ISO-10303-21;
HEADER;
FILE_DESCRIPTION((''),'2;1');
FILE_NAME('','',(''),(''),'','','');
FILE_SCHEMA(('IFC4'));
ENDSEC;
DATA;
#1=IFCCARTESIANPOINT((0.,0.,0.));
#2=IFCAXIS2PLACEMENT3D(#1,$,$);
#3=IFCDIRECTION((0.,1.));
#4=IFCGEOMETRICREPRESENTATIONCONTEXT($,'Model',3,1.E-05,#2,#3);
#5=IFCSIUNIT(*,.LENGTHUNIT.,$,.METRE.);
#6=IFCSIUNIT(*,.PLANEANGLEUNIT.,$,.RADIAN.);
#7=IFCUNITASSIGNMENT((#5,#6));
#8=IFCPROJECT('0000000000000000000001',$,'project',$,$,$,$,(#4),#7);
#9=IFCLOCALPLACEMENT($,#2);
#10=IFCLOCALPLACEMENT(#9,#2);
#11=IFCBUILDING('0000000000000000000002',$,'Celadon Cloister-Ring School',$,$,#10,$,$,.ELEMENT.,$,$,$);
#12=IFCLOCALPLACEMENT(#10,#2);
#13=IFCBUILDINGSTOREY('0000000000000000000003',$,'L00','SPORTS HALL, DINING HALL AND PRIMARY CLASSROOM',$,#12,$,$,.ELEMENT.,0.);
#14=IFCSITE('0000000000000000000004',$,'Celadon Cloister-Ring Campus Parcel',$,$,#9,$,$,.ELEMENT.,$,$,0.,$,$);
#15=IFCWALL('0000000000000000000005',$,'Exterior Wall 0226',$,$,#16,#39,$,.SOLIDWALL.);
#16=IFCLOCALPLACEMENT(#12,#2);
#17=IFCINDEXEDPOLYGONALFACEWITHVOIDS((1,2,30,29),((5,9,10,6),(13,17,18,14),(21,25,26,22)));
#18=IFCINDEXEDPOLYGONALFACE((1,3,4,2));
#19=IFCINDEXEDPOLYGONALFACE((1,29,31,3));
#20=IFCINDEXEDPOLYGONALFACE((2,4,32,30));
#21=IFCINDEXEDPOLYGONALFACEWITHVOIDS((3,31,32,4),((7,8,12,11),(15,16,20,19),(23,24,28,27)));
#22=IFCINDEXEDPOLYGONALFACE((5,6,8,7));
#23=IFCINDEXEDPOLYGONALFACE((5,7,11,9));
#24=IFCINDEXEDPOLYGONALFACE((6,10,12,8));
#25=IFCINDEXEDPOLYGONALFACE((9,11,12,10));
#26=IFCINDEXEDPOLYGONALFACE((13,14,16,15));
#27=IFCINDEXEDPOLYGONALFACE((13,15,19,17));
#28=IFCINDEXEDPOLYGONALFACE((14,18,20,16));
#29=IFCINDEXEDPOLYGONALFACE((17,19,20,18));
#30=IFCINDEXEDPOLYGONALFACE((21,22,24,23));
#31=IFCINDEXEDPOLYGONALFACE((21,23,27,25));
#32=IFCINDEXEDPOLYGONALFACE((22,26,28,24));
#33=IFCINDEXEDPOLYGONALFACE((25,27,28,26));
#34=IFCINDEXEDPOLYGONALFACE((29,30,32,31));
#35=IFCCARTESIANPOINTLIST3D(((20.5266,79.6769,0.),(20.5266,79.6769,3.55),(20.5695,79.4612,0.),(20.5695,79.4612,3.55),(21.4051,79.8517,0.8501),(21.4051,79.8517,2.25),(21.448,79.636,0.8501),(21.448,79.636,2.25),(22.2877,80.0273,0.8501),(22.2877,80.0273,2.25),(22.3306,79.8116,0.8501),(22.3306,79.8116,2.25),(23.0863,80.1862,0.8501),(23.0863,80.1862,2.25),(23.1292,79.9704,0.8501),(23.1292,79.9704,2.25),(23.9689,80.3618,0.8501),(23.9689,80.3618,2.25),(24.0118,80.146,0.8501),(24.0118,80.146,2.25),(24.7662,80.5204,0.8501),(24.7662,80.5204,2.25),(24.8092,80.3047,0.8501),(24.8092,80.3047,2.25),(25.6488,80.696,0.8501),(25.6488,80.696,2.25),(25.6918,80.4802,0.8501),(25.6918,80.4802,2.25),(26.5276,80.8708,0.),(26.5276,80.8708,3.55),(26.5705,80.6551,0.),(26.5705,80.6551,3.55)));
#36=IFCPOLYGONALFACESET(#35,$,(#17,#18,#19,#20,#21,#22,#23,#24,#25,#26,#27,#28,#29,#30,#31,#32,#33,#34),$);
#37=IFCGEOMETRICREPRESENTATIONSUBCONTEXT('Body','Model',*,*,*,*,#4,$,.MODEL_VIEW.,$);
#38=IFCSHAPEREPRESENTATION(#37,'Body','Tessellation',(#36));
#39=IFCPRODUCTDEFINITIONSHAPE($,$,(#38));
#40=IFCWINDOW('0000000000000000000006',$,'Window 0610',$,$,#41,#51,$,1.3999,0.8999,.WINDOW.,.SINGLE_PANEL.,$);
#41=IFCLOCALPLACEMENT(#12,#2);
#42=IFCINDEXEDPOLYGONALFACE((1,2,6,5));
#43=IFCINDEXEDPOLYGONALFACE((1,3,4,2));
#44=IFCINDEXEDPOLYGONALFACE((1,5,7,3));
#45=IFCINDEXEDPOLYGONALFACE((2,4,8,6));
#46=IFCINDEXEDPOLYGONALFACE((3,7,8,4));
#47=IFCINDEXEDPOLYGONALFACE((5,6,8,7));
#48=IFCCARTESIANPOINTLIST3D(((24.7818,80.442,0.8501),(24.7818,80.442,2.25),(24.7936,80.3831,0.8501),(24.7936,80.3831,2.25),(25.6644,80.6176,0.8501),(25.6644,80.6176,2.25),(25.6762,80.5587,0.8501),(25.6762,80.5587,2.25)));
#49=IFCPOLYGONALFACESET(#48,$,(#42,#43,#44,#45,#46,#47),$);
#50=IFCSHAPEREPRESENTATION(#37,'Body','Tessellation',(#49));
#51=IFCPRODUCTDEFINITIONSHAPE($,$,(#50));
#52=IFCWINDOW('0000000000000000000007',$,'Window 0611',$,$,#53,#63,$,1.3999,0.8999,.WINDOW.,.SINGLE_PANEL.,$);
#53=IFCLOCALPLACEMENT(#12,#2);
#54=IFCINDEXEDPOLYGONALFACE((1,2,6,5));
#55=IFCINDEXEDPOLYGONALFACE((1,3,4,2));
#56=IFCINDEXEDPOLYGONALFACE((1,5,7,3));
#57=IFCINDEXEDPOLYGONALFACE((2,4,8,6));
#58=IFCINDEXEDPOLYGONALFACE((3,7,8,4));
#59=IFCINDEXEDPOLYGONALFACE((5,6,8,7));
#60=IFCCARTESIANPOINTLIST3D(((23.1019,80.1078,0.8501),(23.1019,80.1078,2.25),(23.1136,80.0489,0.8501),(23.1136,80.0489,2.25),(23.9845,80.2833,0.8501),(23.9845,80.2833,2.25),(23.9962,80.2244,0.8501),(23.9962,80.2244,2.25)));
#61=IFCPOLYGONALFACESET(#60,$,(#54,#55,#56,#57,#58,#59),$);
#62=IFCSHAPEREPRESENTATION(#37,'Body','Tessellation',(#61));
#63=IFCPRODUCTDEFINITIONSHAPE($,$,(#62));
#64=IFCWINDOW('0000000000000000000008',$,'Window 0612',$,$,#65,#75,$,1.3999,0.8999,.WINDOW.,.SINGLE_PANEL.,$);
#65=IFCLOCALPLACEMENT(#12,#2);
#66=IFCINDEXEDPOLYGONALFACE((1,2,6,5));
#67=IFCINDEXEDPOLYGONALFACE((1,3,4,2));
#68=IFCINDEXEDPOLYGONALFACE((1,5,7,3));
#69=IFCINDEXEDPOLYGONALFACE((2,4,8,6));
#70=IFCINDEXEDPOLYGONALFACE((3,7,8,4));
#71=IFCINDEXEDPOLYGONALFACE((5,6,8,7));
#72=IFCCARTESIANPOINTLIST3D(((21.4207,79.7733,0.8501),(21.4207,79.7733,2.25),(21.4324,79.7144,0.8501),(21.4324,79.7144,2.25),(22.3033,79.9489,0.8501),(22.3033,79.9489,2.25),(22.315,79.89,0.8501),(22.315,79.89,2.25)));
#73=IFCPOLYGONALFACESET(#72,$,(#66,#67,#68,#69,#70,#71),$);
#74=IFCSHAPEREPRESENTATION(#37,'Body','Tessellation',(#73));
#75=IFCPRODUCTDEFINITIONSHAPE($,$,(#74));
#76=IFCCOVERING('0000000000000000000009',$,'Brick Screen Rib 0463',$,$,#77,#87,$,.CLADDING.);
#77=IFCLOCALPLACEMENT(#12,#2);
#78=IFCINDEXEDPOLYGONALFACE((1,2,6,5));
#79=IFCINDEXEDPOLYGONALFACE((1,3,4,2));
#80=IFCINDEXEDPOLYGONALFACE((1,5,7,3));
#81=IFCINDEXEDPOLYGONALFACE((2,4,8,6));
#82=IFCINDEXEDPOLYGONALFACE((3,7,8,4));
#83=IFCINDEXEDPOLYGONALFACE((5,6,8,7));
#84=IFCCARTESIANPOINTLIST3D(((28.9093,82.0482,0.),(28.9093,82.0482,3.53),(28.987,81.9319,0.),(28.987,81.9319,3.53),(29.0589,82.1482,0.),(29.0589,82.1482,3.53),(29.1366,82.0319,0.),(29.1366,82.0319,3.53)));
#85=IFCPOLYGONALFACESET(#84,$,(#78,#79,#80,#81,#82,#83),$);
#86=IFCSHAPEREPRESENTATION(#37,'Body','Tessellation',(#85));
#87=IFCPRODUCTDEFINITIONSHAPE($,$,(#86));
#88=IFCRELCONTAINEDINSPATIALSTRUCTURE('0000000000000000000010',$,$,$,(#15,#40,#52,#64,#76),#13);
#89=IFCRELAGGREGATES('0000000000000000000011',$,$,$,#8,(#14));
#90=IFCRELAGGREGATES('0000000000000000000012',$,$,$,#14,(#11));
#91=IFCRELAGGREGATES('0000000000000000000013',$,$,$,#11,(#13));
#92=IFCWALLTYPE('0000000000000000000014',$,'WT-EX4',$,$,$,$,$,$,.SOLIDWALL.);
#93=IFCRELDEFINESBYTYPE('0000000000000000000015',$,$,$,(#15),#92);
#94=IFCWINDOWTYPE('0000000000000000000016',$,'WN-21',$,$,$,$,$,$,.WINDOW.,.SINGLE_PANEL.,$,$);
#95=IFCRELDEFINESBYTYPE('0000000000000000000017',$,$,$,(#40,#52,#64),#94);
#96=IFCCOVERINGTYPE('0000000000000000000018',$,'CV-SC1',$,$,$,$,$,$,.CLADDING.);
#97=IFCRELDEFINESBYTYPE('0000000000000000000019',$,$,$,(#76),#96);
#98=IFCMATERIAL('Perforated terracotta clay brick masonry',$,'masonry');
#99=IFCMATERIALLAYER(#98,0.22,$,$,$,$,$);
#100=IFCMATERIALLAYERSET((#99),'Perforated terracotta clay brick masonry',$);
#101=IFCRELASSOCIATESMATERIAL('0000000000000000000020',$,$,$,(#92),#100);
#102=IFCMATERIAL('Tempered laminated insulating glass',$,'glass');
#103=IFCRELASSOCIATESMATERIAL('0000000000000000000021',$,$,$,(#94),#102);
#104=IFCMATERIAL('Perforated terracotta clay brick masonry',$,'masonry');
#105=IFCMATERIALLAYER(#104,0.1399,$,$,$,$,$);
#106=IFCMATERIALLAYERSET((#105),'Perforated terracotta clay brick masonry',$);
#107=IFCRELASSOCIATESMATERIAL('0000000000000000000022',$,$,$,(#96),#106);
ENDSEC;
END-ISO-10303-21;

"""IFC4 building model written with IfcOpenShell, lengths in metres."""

from ifc_helpers import new_model, si_unit, direction, frame, frame_2d, origin, origin_2d, place, context, subcontext, project, spatial, rectangle, extrude, material, layer, layer_set, type_object, element, fill, save


model = new_model("IFC4")

# Units and contexts
model_context = context("Model", 3, precision=1e-05, world=origin(), true_north=direction((0.0, 1.0)))
body_context = subcontext(model_context, "Body", "Model", "MODEL_VIEW")
ifc_project = project(units=[si_unit("LENGTHUNIT", "METRE"), si_unit("PLANEANGLEUNIT", "RADIAN")], contexts=[model_context])

# Site, building, storey
site_placement = place(None, origin())
site = spatial("IfcSite", under=ifc_project, at=site_placement, Name="Celadon Cloister-Ring Campus Parcel", CompositionType="ELEMENT", RefElevation=0.0)
building_placement = place(site_placement, origin())
building = spatial("IfcBuilding", under=site, at=building_placement, Name="Celadon Cloister-Ring School", CompositionType="ELEMENT")
storey_placement = place(building_placement, origin())
storey = spatial("IfcBuildingStorey", under=building, at=storey_placement, Name="L00", Description="SPORTS HALL, DINING HALL AND PRIMARY CLASSROOM", CompositionType="ELEMENT", Elevation=0.0)

# Wall, openings, windows
ifc_material_1 = material(Name="Perforated terracotta clay brick masonry", Category="masonry")
ifc_layer_1 = layer(ifc_material_1, 0.22)
ifc_layer_set_1 = layer_set([ifc_layer_1], Name="Perforated terracotta clay brick masonry")
wall_type = type_object("IfcWallType", Name="WT-EX4", PredefinedType="SOLIDWALL", material=ifc_layer_set_1)
wall_placement = place(storey_placement, frame((26.5491, 80.7629, 0.0), z_axis=(0.0, 0.0, 1.0), x_axis=(-0.98078, -0.195118, 0.0)))
wall = element("IfcWall", 1, at=wall_placement, inside=storey, type_object=wall_type, Name="Exterior Wall 0226", PredefinedType="SOLIDWALL", context=body_context, shape_type="SweptSolid", body=[
    extrude(rectangle(XDim=6.1187, YDim=0.22, at=frame_2d((3.0593, 0.0))), origin(), (0.0, 0.0, 1.0), 3.55),
])
opening_1_placement = place(wall_placement, frame((0.896, 0.0, 0.8501)))
opening_1 = element("IfcOpeningElement", 2, at=opening_1_placement, cuts=wall, PredefinedType="OPENING", context=body_context, shape_type="SweptSolid", body=[
    extrude(rectangle(XDim=0.8999, YDim=1.3999, at=frame_2d((0.45, 0.7))), frame((0.0, 0.1201, 0.0), z_axis=(0.0, -1.0, 0.0), x_axis=(1.0, 0.0, 0.0)), (0.0, 0.0, 1.0), 0.24),
])
opening_2_placement = place(wall_placement, frame((2.6089, 0.0, 0.8501)))
opening_2 = element("IfcOpeningElement", 3, at=opening_2_placement, cuts=wall, PredefinedType="OPENING", context=body_context, shape_type="SweptSolid", body=[
    extrude(rectangle(XDim=0.8999, YDim=1.3999, at=frame_2d((0.45, 0.7))), frame((0.0, 0.1201, 0.0), z_axis=(0.0, -1.0, 0.0), x_axis=(1.0, 0.0, 0.0)), (0.0, 0.0, 1.0), 0.24),
])
opening_3_placement = place(wall_placement, frame((4.323, 0.0, 0.8501)))
opening_3 = element("IfcOpeningElement", 4, at=opening_3_placement, cuts=wall, PredefinedType="OPENING", context=body_context, shape_type="SweptSolid", body=[
    extrude(rectangle(XDim=0.8999, YDim=1.3999, at=frame_2d((0.45, 0.7))), frame((0.0, 0.1201, 0.0), z_axis=(0.0, -1.0, 0.0), x_axis=(1.0, 0.0, 0.0)), (0.0, 0.0, 1.0), 0.24),
])
ifc_material_2 = material(Name="Tempered laminated insulating glass", Category="glass")
window_type = type_object("IfcWindowType", Name="WN-21", PartitioningType="SINGLE_PANEL", PredefinedType="WINDOW", material=ifc_material_2)
window_1_placement = place(opening_1_placement, origin())
window_1 = element("IfcWindow", 5, at=window_1_placement, inside=storey, type_object=window_type, Name="Window 0610", OverallHeight=1.3999, OverallWidth=0.8999, PartitioningType="SINGLE_PANEL", PredefinedType="WINDOW", context=body_context, shape_type="SweptSolid", body=[
    extrude(rectangle(XDim=0.8999, YDim=1.3999, at=frame_2d((0.45, 0.7))), frame((0.0, 0.03, 0.0), z_axis=(0.0, -1.0, 0.0), x_axis=(1.0, 0.0, 0.0)), (0.0, 0.0, 1.0), 0.0601),
])
fill(opening_1, window_1)
window_2_placement = place(opening_2_placement, origin())
window_2 = element("IfcWindow", 6, at=window_2_placement, inside=storey, type_object=window_type, Name="Window 0611", OverallHeight=1.3999, OverallWidth=0.8999, PartitioningType="SINGLE_PANEL", PredefinedType="WINDOW", context=body_context, shape_type="SweptSolid", body=[
    extrude(rectangle(XDim=0.8999, YDim=1.3999, at=frame_2d((0.45, 0.7))), frame((0.0, 0.03, 0.0), z_axis=(0.0, -1.0, 0.0), x_axis=(1.0, 0.0, 0.0)), (0.0, 0.0, 1.0), 0.0601),
])
fill(opening_2, window_2)
window_3_placement = place(opening_3_placement, origin())
window_3 = element("IfcWindow", 7, at=window_3_placement, inside=storey, type_object=window_type, Name="Window 0612", OverallHeight=1.3999, OverallWidth=0.8999, PartitioningType="SINGLE_PANEL", PredefinedType="WINDOW", context=body_context, shape_type="SweptSolid", body=[
    extrude(rectangle(XDim=0.8999, YDim=1.3999, at=frame_2d((0.45, 0.7))), frame((0.0, 0.03, 0.0), z_axis=(0.0, -1.0, 0.0), x_axis=(1.0, 0.0, 0.0)), (0.0, 0.0, 1.0), 0.0601),
])
fill(opening_3, window_3)

# Covering
ifc_material_3 = material(Name="Perforated terracotta clay brick masonry", Category="masonry")
ifc_layer_2 = layer(ifc_material_3, 0.1399)
ifc_layer_set_2 = layer_set([ifc_layer_2], Name="Perforated terracotta clay brick masonry")
covering_type = type_object("IfcCoveringType", Name="CV-SC1", PredefinedType="CLADDING", material=ifc_layer_set_2)
covering_placement = place(storey_placement, frame((29.0229, 82.04, 0.0), z_axis=(0.0, 0.0, 1.0), x_axis=(-0.831392, -0.555686, 0.0)))
element("IfcCovering", 8, at=covering_placement, inside=storey, type_object=covering_type, Name="Brick Screen Rib 0463", PredefinedType="CLADDING", context=body_context, shape_type="SweptSolid", body=[
    extrude(rectangle(XDim=0.1799, YDim=0.1399, at=origin_2d()), origin(), (0.0, 0.0, 1.0), 3.53),
])

save(model, "model.ifc")
